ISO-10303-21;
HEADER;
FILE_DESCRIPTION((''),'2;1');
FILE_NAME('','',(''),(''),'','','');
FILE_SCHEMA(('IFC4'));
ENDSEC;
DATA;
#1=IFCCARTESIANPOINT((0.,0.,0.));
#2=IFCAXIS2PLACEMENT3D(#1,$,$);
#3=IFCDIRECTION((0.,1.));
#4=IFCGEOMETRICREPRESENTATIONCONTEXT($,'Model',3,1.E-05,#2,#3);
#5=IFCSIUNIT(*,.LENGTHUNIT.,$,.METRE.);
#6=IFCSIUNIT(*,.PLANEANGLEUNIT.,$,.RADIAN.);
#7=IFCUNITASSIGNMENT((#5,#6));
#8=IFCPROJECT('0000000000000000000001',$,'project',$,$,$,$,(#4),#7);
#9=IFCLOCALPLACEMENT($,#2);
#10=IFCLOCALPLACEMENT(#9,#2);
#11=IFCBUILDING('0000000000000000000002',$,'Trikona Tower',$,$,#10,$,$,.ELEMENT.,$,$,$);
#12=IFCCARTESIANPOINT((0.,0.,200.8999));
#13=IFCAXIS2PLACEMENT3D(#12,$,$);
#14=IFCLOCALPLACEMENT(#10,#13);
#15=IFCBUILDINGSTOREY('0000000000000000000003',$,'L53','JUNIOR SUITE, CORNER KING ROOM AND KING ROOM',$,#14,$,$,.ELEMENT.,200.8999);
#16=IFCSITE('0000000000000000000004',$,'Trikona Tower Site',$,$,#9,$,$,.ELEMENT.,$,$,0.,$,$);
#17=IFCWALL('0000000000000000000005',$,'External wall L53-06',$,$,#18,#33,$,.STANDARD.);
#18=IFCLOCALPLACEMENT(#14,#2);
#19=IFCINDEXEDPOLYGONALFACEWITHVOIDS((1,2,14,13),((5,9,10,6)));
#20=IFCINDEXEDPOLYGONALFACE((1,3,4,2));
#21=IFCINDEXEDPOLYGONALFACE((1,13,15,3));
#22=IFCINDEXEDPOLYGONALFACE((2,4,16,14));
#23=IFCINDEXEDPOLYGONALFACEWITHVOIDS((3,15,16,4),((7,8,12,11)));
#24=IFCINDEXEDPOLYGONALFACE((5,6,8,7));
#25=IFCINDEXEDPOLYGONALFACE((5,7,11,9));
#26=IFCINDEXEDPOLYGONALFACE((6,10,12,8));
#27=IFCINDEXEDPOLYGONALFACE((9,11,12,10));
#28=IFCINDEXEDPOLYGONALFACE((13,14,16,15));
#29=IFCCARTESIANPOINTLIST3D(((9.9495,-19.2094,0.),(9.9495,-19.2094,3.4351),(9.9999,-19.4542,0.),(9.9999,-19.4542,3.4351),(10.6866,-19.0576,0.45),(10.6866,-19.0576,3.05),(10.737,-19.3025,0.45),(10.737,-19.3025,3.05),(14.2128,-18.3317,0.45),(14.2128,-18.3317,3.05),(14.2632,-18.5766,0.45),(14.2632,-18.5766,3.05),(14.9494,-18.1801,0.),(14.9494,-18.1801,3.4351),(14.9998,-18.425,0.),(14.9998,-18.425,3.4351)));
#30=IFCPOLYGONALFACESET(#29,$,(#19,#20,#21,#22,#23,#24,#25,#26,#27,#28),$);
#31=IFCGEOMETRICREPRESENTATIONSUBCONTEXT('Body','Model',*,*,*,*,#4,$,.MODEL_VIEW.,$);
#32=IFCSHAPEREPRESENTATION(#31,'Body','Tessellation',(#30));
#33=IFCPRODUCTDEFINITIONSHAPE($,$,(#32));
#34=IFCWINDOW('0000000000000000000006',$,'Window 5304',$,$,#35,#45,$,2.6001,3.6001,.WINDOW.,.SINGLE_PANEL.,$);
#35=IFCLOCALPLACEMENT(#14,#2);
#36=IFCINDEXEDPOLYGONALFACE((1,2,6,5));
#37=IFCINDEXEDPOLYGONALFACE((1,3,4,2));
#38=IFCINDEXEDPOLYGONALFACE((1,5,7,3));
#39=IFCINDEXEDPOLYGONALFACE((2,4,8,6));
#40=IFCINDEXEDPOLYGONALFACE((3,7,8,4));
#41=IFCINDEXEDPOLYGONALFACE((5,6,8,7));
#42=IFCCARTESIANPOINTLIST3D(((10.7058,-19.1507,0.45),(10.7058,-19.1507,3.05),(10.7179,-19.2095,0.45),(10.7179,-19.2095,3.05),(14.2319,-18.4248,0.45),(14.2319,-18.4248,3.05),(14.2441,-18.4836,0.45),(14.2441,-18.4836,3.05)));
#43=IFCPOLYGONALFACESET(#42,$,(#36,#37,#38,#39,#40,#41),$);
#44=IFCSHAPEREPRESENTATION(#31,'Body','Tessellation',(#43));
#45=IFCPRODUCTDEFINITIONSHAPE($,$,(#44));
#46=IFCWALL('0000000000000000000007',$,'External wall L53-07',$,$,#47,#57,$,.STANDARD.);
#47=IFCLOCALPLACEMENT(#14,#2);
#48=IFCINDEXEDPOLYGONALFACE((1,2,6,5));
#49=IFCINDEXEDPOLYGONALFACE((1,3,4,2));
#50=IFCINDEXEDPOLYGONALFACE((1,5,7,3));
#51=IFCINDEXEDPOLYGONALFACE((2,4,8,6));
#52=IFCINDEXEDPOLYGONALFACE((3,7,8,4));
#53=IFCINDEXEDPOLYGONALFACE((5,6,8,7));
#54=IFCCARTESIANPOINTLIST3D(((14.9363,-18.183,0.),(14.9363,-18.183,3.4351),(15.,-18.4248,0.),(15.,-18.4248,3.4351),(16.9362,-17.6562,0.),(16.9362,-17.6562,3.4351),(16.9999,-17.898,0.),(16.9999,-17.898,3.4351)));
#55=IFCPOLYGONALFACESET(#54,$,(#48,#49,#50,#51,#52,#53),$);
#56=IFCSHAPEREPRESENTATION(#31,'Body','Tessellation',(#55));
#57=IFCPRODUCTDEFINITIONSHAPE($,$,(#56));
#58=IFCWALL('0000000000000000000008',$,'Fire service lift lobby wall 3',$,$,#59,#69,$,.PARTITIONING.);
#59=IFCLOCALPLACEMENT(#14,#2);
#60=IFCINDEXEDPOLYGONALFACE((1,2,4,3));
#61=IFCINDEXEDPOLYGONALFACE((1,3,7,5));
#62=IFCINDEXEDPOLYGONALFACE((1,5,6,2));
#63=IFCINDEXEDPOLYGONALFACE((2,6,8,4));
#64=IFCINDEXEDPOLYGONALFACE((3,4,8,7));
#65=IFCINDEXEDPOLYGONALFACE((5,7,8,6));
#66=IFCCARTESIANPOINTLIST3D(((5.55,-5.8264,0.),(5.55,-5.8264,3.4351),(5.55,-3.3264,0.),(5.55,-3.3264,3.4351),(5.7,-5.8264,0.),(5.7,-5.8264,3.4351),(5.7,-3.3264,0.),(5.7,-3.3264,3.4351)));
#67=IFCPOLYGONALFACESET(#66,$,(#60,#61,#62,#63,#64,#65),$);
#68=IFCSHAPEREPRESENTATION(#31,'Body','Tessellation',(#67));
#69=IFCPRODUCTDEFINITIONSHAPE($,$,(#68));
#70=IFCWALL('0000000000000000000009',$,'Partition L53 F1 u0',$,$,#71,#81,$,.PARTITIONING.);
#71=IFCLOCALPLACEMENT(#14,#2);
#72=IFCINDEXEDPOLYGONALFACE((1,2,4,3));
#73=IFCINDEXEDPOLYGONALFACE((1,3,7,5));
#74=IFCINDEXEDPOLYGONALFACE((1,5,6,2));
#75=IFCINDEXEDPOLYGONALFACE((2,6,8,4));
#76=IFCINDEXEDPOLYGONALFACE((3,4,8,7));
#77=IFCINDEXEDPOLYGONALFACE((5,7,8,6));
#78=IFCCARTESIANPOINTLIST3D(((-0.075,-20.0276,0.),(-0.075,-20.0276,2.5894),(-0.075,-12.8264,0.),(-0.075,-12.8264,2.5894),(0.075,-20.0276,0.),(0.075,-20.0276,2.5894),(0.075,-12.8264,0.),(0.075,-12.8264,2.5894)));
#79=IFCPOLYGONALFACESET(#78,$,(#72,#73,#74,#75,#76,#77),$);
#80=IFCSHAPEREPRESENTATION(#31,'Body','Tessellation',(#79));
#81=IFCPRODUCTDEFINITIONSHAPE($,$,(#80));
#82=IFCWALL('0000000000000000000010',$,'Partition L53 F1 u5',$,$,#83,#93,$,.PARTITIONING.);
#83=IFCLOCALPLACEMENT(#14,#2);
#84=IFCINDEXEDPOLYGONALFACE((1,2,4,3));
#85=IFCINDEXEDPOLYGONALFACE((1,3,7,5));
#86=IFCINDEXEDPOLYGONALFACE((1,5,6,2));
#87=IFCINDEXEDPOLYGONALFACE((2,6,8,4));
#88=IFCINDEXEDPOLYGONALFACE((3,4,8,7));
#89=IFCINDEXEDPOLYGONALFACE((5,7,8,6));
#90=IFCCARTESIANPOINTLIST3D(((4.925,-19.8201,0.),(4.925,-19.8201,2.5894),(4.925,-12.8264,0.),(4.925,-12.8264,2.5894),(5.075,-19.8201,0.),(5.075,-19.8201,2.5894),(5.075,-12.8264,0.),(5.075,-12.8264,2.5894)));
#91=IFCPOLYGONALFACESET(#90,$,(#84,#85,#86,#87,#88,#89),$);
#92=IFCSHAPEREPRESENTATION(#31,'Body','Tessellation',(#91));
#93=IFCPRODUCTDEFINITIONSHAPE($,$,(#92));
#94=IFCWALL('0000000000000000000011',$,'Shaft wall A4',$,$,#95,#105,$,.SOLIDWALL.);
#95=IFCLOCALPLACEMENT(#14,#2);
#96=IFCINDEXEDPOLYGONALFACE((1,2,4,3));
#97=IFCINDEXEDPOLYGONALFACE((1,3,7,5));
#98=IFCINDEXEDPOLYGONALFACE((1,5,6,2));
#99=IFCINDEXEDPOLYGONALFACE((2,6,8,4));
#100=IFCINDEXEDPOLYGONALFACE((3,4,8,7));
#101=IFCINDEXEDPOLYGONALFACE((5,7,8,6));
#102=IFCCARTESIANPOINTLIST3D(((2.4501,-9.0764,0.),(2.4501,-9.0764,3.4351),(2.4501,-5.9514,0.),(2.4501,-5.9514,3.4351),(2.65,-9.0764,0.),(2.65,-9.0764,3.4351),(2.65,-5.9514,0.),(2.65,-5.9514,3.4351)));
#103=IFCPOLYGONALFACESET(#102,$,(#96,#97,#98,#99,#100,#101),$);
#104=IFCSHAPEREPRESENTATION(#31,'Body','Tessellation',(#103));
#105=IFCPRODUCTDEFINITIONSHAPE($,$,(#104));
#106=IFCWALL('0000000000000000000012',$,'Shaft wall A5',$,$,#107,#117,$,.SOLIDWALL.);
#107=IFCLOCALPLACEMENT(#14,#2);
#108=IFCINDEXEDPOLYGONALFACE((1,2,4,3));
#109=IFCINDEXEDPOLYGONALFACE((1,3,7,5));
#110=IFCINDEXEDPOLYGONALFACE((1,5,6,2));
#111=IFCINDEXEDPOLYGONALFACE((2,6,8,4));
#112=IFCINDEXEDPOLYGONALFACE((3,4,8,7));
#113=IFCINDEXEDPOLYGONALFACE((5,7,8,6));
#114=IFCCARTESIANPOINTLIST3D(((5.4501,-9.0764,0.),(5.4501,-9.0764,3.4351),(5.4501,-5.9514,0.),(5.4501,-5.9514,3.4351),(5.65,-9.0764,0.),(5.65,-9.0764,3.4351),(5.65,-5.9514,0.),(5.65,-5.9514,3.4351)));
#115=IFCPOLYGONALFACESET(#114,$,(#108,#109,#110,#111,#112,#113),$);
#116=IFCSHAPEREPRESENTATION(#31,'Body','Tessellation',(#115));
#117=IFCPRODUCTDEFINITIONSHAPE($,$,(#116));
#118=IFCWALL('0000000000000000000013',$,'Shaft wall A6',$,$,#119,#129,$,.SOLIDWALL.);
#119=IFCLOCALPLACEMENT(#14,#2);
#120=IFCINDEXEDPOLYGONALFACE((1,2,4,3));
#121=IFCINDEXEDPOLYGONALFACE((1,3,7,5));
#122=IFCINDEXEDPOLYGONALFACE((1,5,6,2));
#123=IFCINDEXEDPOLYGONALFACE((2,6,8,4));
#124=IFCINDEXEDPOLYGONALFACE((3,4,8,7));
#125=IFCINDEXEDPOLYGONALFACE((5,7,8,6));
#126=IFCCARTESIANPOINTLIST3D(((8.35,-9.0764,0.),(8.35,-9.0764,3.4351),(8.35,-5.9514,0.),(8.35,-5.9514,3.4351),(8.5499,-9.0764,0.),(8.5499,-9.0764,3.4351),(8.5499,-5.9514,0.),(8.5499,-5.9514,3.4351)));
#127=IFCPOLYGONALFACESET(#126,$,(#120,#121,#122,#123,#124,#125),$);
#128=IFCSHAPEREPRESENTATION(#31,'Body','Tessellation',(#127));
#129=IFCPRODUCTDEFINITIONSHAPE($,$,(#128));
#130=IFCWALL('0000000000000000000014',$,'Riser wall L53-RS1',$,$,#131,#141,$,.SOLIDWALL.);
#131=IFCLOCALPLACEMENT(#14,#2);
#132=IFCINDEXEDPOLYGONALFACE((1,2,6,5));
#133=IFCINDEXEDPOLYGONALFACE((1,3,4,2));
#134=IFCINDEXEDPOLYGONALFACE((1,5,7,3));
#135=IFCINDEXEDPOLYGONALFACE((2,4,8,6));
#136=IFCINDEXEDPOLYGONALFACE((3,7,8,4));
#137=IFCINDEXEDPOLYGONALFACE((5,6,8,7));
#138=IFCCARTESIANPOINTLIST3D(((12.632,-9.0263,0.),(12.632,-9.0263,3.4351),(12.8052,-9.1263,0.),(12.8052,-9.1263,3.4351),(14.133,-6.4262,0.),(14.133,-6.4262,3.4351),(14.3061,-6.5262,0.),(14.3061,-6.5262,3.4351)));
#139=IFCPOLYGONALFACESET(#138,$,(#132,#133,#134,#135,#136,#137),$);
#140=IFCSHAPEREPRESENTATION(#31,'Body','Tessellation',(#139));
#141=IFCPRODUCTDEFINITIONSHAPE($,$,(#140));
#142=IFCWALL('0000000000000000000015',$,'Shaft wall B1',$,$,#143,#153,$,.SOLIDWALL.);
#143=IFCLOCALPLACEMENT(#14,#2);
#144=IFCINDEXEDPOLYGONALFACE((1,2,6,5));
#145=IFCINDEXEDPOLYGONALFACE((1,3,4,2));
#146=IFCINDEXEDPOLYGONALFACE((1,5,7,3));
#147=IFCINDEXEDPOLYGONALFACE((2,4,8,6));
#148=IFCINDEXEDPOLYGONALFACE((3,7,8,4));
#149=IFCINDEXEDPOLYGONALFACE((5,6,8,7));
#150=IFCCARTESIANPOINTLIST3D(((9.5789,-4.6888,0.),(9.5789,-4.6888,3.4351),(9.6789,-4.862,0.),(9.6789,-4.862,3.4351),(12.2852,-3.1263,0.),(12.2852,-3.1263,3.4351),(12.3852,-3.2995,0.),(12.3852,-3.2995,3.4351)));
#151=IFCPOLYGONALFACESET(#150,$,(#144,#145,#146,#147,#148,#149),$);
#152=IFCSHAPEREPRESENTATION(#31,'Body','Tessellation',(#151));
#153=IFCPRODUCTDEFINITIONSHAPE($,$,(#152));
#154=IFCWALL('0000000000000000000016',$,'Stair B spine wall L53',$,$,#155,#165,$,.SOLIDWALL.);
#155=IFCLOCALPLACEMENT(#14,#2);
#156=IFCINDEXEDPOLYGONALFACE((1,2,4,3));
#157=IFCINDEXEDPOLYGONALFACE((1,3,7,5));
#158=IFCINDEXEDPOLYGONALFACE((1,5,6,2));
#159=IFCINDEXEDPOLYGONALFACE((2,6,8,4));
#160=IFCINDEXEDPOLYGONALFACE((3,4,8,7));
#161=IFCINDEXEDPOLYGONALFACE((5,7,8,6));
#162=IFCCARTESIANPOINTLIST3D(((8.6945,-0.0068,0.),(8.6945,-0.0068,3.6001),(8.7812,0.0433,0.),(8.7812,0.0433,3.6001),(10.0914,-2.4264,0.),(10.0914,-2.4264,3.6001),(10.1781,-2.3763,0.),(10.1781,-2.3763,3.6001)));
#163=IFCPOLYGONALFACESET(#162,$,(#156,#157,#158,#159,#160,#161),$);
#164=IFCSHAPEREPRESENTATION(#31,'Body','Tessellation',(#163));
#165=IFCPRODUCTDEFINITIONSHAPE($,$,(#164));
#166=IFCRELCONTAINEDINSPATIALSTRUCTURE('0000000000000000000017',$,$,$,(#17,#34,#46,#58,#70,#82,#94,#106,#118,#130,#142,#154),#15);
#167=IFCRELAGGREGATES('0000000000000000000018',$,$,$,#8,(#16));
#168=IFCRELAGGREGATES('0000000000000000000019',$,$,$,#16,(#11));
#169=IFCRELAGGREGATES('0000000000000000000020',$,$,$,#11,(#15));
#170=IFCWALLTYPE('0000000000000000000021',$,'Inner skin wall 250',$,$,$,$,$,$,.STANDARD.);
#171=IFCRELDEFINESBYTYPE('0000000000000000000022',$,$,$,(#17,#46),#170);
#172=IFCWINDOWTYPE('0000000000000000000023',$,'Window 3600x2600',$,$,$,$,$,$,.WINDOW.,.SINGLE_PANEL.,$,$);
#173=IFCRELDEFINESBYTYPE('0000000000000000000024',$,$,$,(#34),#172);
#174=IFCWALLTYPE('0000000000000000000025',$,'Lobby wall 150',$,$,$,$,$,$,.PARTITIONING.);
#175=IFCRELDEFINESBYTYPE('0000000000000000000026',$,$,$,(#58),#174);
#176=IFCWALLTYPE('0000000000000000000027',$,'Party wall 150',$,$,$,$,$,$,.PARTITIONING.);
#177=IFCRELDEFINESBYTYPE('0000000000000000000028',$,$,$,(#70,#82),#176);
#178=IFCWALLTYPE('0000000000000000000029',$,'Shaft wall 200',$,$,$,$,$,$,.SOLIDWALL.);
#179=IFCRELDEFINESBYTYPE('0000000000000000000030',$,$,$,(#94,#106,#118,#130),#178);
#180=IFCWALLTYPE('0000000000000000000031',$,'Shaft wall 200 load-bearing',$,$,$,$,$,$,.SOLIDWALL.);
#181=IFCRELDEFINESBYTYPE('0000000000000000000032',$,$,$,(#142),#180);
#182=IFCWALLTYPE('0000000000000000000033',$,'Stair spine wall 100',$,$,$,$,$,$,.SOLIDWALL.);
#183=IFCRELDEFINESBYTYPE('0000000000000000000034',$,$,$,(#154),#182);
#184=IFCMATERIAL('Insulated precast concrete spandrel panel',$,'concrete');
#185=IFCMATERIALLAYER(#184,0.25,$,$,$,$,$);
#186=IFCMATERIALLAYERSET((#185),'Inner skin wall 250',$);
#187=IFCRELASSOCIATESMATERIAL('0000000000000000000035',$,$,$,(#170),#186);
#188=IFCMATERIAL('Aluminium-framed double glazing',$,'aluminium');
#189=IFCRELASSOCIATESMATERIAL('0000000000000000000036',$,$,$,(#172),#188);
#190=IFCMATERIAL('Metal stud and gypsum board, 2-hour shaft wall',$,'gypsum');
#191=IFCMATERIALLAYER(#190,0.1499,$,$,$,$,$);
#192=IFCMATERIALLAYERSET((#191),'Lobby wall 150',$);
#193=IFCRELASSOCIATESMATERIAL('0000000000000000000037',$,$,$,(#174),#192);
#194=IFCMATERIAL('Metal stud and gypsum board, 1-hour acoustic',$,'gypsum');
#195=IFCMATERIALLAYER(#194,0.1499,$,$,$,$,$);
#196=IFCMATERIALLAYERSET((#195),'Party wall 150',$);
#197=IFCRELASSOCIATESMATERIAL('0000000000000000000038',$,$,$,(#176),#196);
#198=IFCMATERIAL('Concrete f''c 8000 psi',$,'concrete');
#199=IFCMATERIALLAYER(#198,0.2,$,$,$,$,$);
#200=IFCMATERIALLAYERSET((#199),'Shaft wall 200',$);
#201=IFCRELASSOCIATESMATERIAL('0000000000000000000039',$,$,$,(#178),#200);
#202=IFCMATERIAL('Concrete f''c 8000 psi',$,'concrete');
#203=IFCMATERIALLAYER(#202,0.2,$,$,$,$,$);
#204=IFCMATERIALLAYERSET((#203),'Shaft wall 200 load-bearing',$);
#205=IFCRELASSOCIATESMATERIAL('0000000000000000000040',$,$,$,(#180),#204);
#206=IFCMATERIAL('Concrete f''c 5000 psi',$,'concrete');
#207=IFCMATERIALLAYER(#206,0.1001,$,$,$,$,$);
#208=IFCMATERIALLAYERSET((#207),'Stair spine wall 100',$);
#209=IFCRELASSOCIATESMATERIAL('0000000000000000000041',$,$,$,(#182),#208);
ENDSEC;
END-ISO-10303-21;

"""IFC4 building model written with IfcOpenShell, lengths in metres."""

from ifc_helpers import new_model, si_unit, direction, frame, frame_2d, origin, place, context, subcontext, project, spatial, rectangle, extrude, material, layer, layer_set, type_object, element, fill, save


model = new_model("IFC4")

# Units and contexts
model_context = context("Model", 3, precision=1e-05, world=origin(), true_north=direction((0.0, 1.0)))
body_context = subcontext(model_context, "Body", "Model", "MODEL_VIEW")
ifc_project = project(units=[si_unit("LENGTHUNIT", "METRE"), si_unit("PLANEANGLEUNIT", "RADIAN")], contexts=[model_context])

# Site, building, storey
site_placement = place(None, origin())
site = spatial("IfcSite", under=ifc_project, at=site_placement, Name="Trikona Tower Site", CompositionType="ELEMENT", RefElevation=0.0)
building_placement = place(site_placement, origin())
building = spatial("IfcBuilding", under=site, at=building_placement, Name="Trikona Tower", CompositionType="ELEMENT")
storey_placement = place(building_placement, frame((0.0, 0.0, 200.8999)))
storey = spatial("IfcBuildingStorey", under=building, at=storey_placement, Name="L53", Description="JUNIOR SUITE, CORNER KING ROOM AND KING ROOM", CompositionType="ELEMENT", Elevation=200.8999)

# Wall, opening, window
ifc_material_1 = material(Name="Insulated precast concrete spandrel panel", Category="concrete")
ifc_layer_1 = layer(ifc_material_1, 0.25)
ifc_layer_set_1 = layer_set([ifc_layer_1], Name="Inner skin wall 250")
wall_type_1 = type_object("IfcWallType", Name="Inner skin wall 250", PredefinedType="STANDARD", material=ifc_layer_set_1)
wall_1_placement = place(storey_placement, frame((9.9749, -19.3318, 0.0), z_axis=(0.0, 0.0, 1.0), x_axis=(0.979461, 0.201631, 0.0)))
wall_1 = element("IfcWall", 1, at=wall_1_placement, inside=storey, type_object=wall_type_1, Name="External wall L53-06", PredefinedType="STANDARD", context=body_context, shape_type="SweptSolid", body=[
    extrude(rectangle(XDim=5.1047, YDim=0.25, at=frame_2d((2.5522, 0.0))), origin(), (0.0, 0.0, 1.0), 3.4351),
])
opening_1_placement = place(wall_1_placement, frame((0.7524, 0.0, 0.45)))
opening_1 = element("IfcOpeningElement", 2, at=opening_1_placement, cuts=wall_1, PredefinedType="OPENING", context=body_context, shape_type="SweptSolid", body=[
    extrude(rectangle(XDim=3.6001, YDim=2.6001, at=frame_2d((1.8, 1.3))), frame((0.0, 0.135, 0.0), z_axis=(0.0, -1.0, 0.0), x_axis=(1.0, 0.0, 0.0)), (0.0, 0.0, 1.0), 0.27),
])
ifc_material_2 = material(Name="Aluminium-framed double glazing", Category="aluminium")
window_type = type_object("IfcWindowType", Name="Window 3600x2600", PartitioningType="SINGLE_PANEL", PredefinedType="WINDOW", material=ifc_material_2)
window_placement = place(opening_1_placement, origin())
window = element("IfcWindow", 3, at=window_placement, inside=storey, type_object=window_type, Name="Window 5304", OverallHeight=2.6001, OverallWidth=3.6001, PartitioningType="SINGLE_PANEL", PredefinedType="WINDOW", context=body_context, shape_type="SweptSolid", body=[
    extrude(rectangle(XDim=3.6001, YDim=2.6001, at=frame_2d((1.8, 1.3))), frame((0.0, 0.03, 0.0), z_axis=(0.0, -1.0, 0.0), x_axis=(1.0, 0.0, 0.0)), (0.0, 0.0, 1.0), 0.0601),
])
fill(opening_1, window)

# Walls
wall_2_placement = place(storey_placement, frame((14.968, -18.304, 0.0), z_axis=(0.0, 0.0, 1.0), x_axis=(0.96701, 0.254737, 0.0)))
element("IfcWall", 4, at=wall_2_placement, inside=storey, type_object=wall_type_1, Name="External wall L53-07", PredefinedType="STANDARD", context=body_context, shape_type="SweptSolid", body=[
    extrude(rectangle(XDim=2.0681, YDim=0.25, at=frame_2d((1.0342, 0.0))), origin(), (0.0, 0.0, 1.0), 3.4351),
])
ifc_material_3 = material(Name="Metal stud and gypsum board, 2-hour shaft wall", Category="gypsum")
ifc_layer_2 = layer(ifc_material_3, 0.1499)
ifc_layer_set_2 = layer_set([ifc_layer_2], Name="Lobby wall 150")
wall_type_2 = type_object("IfcWallType", Name="Lobby wall 150", PredefinedType="PARTITIONING", material=ifc_layer_set_2)
wall_3_placement = place(storey_placement, frame((5.625, -5.8264, 0.0), z_axis=(0.0, 0.0, 1.0), x_axis=(0.0, 1.0, 0.0)))
element("IfcWall", 5, at=wall_3_placement, inside=storey, type_object=wall_type_2, Name="Fire service lift lobby wall 3", PredefinedType="PARTITIONING", context=body_context, shape_type="SweptSolid", body=[
    extrude(rectangle(XDim=2.5, YDim=0.1499, at=frame_2d((1.25, 0.0))), origin(), (0.0, 0.0, 1.0), 3.4351),
])
ifc_material_4 = material(Name="Metal stud and gypsum board, 1-hour acoustic", Category="gypsum")
ifc_layer_3 = layer(ifc_material_4, 0.1499)
ifc_layer_set_3 = layer_set([ifc_layer_3], Name="Party wall 150")
wall_type_3 = type_object("IfcWallType", Name="Party wall 150", PredefinedType="PARTITIONING", material=ifc_layer_set_3)
wall_4_placement = place(storey_placement, frame((0.0, -12.8264, 0.0), z_axis=(0.0, 0.0, 1.0), x_axis=(0.0, -1.0, 0.0)))
element("IfcWall", 6, at=wall_4_placement, inside=storey, type_object=wall_type_3, Name="Partition L53 F1 u0", PredefinedType="PARTITIONING", context=body_context, shape_type="SweptSolid", body=[
    extrude(rectangle(XDim=7.2012, YDim=0.1499, at=frame_2d((3.6006, 0.0))), origin(), (0.0, 0.0, 1.0), 2.5894),
])
wall_5_placement = place(storey_placement, frame((5.0, -12.8264, 0.0), z_axis=(0.0, 0.0, 1.0), x_axis=(0.0, -1.0, 0.0)))
element("IfcWall", 7, at=wall_5_placement, inside=storey, type_object=wall_type_3, Name="Partition L53 F1 u5", PredefinedType="PARTITIONING", context=body_context, shape_type="SweptSolid", body=[
    extrude(rectangle(XDim=6.9937, YDim=0.1499, at=frame_2d((3.4968, 0.0))), origin(), (0.0, 0.0, 1.0), 2.5894),
])
ifc_material_5 = material(Name="Concrete f'c 8000 psi", Category="concrete")
ifc_layer_4 = layer(ifc_material_5, 0.2)
ifc_layer_set_4 = layer_set([ifc_layer_4], Name="Shaft wall 200")
wall_type_4 = type_object("IfcWallType", Name="Shaft wall 200", PredefinedType="SOLIDWALL", material=ifc_layer_set_4)
for number, where, z_axis, x_axis, name in (
    (8, (2.55, -5.9514, 0.0), (0.0, 0.0, 1.0), (0.0, -1.0, 0.0), "Shaft wall A4"),
    (9, (5.55, -5.9514, 0.0), (0.0, 0.0, 1.0), (0.0, -1.0, 0.0), "Shaft wall A5"),
    (10, (8.45, -5.9514, 0.0), (0.0, 0.0, 1.0), (0.0, -1.0, 0.0), "Shaft wall A6"),
):
    element("IfcWall", number, at=place(storey_placement, frame(where, z_axis=z_axis, x_axis=x_axis)), inside=storey, type_object=wall_type_4, Name=name, PredefinedType="SOLIDWALL", context=body_context, shape_type="SweptSolid", body=[
        extrude(rectangle(XDim=3.125, YDim=0.2, at=frame_2d((1.5625, 0.0))), origin(), (0.0, 0.0, 1.0), 3.4351),
    ])
wall_6_placement = place(storey_placement, frame((14.2195, -6.4763, 0.0), z_axis=(0.0, 0.0, 1.0), x_axis=(-0.499952, -0.866053, 0.0)))
element("IfcWall", 11, at=wall_6_placement, inside=storey, type_object=wall_type_4, Name="Riser wall L53-RS1", PredefinedType="SOLIDWALL", context=body_context, shape_type="SweptSolid", body=[
    extrude(rectangle(XDim=3.0022, YDim=0.2, at=frame_2d((1.501, 0.0))), origin(), (0.0, 0.0, 1.0), 3.4351),
])
ifc_material_6 = material(Name="Concrete f'c 8000 psi", Category="concrete")
ifc_layer_5 = layer(ifc_material_6, 0.2)
ifc_layer_set_5 = layer_set([ifc_layer_5], Name="Shaft wall 200 load-bearing")
wall_type_5 = type_object("IfcWallType", Name="Shaft wall 200 load-bearing", PredefinedType="SOLIDWALL", material=ifc_layer_set_5)
wall_7_placement = place(storey_placement, frame((9.6289, -4.7754, 0.0), z_axis=(0.0, 0.0, 1.0), x_axis=(0.866023, 0.500004, 0.0)))
element("IfcWall", 12, at=wall_7_placement, inside=storey, type_object=wall_type_5, Name="Shaft wall B1", PredefinedType="SOLIDWALL", context=body_context, shape_type="SweptSolid", body=[
    extrude(rectangle(XDim=3.125, YDim=0.2, at=frame_2d((1.5625, 0.0))), origin(), (0.0, 0.0, 1.0), 3.4351),
])
ifc_material_7 = material(Name="Concrete f'c 5000 psi", Category="concrete")
ifc_layer_6 = layer(ifc_material_7, 0.1001)
ifc_layer_set_6 = layer_set([ifc_layer_6], Name="Stair spine wall 100")
wall_type_6 = type_object("IfcWallType", Name="Stair spine wall 100", PredefinedType="SOLIDWALL", material=ifc_layer_set_6)
wall_8_placement = place(storey_placement, frame((10.1348, -2.4014, 0.0), z_axis=(0.0, 0.0, 1.0), x_axis=(-0.499992, 0.86603, 0.0)))
element("IfcWall", 13, at=wall_8_placement, inside=storey, type_object=wall_type_6, Name="Stair B spine wall L53", PredefinedType="SOLIDWALL", context=body_context, shape_type="SweptSolid", body=[
    extrude(rectangle(XDim=2.7939, YDim=0.1001, at=frame_2d((1.397, 0.0))), origin(), (0.0, 0.0, 1.0), 3.6001),
])

save(model, "model.ifc")
